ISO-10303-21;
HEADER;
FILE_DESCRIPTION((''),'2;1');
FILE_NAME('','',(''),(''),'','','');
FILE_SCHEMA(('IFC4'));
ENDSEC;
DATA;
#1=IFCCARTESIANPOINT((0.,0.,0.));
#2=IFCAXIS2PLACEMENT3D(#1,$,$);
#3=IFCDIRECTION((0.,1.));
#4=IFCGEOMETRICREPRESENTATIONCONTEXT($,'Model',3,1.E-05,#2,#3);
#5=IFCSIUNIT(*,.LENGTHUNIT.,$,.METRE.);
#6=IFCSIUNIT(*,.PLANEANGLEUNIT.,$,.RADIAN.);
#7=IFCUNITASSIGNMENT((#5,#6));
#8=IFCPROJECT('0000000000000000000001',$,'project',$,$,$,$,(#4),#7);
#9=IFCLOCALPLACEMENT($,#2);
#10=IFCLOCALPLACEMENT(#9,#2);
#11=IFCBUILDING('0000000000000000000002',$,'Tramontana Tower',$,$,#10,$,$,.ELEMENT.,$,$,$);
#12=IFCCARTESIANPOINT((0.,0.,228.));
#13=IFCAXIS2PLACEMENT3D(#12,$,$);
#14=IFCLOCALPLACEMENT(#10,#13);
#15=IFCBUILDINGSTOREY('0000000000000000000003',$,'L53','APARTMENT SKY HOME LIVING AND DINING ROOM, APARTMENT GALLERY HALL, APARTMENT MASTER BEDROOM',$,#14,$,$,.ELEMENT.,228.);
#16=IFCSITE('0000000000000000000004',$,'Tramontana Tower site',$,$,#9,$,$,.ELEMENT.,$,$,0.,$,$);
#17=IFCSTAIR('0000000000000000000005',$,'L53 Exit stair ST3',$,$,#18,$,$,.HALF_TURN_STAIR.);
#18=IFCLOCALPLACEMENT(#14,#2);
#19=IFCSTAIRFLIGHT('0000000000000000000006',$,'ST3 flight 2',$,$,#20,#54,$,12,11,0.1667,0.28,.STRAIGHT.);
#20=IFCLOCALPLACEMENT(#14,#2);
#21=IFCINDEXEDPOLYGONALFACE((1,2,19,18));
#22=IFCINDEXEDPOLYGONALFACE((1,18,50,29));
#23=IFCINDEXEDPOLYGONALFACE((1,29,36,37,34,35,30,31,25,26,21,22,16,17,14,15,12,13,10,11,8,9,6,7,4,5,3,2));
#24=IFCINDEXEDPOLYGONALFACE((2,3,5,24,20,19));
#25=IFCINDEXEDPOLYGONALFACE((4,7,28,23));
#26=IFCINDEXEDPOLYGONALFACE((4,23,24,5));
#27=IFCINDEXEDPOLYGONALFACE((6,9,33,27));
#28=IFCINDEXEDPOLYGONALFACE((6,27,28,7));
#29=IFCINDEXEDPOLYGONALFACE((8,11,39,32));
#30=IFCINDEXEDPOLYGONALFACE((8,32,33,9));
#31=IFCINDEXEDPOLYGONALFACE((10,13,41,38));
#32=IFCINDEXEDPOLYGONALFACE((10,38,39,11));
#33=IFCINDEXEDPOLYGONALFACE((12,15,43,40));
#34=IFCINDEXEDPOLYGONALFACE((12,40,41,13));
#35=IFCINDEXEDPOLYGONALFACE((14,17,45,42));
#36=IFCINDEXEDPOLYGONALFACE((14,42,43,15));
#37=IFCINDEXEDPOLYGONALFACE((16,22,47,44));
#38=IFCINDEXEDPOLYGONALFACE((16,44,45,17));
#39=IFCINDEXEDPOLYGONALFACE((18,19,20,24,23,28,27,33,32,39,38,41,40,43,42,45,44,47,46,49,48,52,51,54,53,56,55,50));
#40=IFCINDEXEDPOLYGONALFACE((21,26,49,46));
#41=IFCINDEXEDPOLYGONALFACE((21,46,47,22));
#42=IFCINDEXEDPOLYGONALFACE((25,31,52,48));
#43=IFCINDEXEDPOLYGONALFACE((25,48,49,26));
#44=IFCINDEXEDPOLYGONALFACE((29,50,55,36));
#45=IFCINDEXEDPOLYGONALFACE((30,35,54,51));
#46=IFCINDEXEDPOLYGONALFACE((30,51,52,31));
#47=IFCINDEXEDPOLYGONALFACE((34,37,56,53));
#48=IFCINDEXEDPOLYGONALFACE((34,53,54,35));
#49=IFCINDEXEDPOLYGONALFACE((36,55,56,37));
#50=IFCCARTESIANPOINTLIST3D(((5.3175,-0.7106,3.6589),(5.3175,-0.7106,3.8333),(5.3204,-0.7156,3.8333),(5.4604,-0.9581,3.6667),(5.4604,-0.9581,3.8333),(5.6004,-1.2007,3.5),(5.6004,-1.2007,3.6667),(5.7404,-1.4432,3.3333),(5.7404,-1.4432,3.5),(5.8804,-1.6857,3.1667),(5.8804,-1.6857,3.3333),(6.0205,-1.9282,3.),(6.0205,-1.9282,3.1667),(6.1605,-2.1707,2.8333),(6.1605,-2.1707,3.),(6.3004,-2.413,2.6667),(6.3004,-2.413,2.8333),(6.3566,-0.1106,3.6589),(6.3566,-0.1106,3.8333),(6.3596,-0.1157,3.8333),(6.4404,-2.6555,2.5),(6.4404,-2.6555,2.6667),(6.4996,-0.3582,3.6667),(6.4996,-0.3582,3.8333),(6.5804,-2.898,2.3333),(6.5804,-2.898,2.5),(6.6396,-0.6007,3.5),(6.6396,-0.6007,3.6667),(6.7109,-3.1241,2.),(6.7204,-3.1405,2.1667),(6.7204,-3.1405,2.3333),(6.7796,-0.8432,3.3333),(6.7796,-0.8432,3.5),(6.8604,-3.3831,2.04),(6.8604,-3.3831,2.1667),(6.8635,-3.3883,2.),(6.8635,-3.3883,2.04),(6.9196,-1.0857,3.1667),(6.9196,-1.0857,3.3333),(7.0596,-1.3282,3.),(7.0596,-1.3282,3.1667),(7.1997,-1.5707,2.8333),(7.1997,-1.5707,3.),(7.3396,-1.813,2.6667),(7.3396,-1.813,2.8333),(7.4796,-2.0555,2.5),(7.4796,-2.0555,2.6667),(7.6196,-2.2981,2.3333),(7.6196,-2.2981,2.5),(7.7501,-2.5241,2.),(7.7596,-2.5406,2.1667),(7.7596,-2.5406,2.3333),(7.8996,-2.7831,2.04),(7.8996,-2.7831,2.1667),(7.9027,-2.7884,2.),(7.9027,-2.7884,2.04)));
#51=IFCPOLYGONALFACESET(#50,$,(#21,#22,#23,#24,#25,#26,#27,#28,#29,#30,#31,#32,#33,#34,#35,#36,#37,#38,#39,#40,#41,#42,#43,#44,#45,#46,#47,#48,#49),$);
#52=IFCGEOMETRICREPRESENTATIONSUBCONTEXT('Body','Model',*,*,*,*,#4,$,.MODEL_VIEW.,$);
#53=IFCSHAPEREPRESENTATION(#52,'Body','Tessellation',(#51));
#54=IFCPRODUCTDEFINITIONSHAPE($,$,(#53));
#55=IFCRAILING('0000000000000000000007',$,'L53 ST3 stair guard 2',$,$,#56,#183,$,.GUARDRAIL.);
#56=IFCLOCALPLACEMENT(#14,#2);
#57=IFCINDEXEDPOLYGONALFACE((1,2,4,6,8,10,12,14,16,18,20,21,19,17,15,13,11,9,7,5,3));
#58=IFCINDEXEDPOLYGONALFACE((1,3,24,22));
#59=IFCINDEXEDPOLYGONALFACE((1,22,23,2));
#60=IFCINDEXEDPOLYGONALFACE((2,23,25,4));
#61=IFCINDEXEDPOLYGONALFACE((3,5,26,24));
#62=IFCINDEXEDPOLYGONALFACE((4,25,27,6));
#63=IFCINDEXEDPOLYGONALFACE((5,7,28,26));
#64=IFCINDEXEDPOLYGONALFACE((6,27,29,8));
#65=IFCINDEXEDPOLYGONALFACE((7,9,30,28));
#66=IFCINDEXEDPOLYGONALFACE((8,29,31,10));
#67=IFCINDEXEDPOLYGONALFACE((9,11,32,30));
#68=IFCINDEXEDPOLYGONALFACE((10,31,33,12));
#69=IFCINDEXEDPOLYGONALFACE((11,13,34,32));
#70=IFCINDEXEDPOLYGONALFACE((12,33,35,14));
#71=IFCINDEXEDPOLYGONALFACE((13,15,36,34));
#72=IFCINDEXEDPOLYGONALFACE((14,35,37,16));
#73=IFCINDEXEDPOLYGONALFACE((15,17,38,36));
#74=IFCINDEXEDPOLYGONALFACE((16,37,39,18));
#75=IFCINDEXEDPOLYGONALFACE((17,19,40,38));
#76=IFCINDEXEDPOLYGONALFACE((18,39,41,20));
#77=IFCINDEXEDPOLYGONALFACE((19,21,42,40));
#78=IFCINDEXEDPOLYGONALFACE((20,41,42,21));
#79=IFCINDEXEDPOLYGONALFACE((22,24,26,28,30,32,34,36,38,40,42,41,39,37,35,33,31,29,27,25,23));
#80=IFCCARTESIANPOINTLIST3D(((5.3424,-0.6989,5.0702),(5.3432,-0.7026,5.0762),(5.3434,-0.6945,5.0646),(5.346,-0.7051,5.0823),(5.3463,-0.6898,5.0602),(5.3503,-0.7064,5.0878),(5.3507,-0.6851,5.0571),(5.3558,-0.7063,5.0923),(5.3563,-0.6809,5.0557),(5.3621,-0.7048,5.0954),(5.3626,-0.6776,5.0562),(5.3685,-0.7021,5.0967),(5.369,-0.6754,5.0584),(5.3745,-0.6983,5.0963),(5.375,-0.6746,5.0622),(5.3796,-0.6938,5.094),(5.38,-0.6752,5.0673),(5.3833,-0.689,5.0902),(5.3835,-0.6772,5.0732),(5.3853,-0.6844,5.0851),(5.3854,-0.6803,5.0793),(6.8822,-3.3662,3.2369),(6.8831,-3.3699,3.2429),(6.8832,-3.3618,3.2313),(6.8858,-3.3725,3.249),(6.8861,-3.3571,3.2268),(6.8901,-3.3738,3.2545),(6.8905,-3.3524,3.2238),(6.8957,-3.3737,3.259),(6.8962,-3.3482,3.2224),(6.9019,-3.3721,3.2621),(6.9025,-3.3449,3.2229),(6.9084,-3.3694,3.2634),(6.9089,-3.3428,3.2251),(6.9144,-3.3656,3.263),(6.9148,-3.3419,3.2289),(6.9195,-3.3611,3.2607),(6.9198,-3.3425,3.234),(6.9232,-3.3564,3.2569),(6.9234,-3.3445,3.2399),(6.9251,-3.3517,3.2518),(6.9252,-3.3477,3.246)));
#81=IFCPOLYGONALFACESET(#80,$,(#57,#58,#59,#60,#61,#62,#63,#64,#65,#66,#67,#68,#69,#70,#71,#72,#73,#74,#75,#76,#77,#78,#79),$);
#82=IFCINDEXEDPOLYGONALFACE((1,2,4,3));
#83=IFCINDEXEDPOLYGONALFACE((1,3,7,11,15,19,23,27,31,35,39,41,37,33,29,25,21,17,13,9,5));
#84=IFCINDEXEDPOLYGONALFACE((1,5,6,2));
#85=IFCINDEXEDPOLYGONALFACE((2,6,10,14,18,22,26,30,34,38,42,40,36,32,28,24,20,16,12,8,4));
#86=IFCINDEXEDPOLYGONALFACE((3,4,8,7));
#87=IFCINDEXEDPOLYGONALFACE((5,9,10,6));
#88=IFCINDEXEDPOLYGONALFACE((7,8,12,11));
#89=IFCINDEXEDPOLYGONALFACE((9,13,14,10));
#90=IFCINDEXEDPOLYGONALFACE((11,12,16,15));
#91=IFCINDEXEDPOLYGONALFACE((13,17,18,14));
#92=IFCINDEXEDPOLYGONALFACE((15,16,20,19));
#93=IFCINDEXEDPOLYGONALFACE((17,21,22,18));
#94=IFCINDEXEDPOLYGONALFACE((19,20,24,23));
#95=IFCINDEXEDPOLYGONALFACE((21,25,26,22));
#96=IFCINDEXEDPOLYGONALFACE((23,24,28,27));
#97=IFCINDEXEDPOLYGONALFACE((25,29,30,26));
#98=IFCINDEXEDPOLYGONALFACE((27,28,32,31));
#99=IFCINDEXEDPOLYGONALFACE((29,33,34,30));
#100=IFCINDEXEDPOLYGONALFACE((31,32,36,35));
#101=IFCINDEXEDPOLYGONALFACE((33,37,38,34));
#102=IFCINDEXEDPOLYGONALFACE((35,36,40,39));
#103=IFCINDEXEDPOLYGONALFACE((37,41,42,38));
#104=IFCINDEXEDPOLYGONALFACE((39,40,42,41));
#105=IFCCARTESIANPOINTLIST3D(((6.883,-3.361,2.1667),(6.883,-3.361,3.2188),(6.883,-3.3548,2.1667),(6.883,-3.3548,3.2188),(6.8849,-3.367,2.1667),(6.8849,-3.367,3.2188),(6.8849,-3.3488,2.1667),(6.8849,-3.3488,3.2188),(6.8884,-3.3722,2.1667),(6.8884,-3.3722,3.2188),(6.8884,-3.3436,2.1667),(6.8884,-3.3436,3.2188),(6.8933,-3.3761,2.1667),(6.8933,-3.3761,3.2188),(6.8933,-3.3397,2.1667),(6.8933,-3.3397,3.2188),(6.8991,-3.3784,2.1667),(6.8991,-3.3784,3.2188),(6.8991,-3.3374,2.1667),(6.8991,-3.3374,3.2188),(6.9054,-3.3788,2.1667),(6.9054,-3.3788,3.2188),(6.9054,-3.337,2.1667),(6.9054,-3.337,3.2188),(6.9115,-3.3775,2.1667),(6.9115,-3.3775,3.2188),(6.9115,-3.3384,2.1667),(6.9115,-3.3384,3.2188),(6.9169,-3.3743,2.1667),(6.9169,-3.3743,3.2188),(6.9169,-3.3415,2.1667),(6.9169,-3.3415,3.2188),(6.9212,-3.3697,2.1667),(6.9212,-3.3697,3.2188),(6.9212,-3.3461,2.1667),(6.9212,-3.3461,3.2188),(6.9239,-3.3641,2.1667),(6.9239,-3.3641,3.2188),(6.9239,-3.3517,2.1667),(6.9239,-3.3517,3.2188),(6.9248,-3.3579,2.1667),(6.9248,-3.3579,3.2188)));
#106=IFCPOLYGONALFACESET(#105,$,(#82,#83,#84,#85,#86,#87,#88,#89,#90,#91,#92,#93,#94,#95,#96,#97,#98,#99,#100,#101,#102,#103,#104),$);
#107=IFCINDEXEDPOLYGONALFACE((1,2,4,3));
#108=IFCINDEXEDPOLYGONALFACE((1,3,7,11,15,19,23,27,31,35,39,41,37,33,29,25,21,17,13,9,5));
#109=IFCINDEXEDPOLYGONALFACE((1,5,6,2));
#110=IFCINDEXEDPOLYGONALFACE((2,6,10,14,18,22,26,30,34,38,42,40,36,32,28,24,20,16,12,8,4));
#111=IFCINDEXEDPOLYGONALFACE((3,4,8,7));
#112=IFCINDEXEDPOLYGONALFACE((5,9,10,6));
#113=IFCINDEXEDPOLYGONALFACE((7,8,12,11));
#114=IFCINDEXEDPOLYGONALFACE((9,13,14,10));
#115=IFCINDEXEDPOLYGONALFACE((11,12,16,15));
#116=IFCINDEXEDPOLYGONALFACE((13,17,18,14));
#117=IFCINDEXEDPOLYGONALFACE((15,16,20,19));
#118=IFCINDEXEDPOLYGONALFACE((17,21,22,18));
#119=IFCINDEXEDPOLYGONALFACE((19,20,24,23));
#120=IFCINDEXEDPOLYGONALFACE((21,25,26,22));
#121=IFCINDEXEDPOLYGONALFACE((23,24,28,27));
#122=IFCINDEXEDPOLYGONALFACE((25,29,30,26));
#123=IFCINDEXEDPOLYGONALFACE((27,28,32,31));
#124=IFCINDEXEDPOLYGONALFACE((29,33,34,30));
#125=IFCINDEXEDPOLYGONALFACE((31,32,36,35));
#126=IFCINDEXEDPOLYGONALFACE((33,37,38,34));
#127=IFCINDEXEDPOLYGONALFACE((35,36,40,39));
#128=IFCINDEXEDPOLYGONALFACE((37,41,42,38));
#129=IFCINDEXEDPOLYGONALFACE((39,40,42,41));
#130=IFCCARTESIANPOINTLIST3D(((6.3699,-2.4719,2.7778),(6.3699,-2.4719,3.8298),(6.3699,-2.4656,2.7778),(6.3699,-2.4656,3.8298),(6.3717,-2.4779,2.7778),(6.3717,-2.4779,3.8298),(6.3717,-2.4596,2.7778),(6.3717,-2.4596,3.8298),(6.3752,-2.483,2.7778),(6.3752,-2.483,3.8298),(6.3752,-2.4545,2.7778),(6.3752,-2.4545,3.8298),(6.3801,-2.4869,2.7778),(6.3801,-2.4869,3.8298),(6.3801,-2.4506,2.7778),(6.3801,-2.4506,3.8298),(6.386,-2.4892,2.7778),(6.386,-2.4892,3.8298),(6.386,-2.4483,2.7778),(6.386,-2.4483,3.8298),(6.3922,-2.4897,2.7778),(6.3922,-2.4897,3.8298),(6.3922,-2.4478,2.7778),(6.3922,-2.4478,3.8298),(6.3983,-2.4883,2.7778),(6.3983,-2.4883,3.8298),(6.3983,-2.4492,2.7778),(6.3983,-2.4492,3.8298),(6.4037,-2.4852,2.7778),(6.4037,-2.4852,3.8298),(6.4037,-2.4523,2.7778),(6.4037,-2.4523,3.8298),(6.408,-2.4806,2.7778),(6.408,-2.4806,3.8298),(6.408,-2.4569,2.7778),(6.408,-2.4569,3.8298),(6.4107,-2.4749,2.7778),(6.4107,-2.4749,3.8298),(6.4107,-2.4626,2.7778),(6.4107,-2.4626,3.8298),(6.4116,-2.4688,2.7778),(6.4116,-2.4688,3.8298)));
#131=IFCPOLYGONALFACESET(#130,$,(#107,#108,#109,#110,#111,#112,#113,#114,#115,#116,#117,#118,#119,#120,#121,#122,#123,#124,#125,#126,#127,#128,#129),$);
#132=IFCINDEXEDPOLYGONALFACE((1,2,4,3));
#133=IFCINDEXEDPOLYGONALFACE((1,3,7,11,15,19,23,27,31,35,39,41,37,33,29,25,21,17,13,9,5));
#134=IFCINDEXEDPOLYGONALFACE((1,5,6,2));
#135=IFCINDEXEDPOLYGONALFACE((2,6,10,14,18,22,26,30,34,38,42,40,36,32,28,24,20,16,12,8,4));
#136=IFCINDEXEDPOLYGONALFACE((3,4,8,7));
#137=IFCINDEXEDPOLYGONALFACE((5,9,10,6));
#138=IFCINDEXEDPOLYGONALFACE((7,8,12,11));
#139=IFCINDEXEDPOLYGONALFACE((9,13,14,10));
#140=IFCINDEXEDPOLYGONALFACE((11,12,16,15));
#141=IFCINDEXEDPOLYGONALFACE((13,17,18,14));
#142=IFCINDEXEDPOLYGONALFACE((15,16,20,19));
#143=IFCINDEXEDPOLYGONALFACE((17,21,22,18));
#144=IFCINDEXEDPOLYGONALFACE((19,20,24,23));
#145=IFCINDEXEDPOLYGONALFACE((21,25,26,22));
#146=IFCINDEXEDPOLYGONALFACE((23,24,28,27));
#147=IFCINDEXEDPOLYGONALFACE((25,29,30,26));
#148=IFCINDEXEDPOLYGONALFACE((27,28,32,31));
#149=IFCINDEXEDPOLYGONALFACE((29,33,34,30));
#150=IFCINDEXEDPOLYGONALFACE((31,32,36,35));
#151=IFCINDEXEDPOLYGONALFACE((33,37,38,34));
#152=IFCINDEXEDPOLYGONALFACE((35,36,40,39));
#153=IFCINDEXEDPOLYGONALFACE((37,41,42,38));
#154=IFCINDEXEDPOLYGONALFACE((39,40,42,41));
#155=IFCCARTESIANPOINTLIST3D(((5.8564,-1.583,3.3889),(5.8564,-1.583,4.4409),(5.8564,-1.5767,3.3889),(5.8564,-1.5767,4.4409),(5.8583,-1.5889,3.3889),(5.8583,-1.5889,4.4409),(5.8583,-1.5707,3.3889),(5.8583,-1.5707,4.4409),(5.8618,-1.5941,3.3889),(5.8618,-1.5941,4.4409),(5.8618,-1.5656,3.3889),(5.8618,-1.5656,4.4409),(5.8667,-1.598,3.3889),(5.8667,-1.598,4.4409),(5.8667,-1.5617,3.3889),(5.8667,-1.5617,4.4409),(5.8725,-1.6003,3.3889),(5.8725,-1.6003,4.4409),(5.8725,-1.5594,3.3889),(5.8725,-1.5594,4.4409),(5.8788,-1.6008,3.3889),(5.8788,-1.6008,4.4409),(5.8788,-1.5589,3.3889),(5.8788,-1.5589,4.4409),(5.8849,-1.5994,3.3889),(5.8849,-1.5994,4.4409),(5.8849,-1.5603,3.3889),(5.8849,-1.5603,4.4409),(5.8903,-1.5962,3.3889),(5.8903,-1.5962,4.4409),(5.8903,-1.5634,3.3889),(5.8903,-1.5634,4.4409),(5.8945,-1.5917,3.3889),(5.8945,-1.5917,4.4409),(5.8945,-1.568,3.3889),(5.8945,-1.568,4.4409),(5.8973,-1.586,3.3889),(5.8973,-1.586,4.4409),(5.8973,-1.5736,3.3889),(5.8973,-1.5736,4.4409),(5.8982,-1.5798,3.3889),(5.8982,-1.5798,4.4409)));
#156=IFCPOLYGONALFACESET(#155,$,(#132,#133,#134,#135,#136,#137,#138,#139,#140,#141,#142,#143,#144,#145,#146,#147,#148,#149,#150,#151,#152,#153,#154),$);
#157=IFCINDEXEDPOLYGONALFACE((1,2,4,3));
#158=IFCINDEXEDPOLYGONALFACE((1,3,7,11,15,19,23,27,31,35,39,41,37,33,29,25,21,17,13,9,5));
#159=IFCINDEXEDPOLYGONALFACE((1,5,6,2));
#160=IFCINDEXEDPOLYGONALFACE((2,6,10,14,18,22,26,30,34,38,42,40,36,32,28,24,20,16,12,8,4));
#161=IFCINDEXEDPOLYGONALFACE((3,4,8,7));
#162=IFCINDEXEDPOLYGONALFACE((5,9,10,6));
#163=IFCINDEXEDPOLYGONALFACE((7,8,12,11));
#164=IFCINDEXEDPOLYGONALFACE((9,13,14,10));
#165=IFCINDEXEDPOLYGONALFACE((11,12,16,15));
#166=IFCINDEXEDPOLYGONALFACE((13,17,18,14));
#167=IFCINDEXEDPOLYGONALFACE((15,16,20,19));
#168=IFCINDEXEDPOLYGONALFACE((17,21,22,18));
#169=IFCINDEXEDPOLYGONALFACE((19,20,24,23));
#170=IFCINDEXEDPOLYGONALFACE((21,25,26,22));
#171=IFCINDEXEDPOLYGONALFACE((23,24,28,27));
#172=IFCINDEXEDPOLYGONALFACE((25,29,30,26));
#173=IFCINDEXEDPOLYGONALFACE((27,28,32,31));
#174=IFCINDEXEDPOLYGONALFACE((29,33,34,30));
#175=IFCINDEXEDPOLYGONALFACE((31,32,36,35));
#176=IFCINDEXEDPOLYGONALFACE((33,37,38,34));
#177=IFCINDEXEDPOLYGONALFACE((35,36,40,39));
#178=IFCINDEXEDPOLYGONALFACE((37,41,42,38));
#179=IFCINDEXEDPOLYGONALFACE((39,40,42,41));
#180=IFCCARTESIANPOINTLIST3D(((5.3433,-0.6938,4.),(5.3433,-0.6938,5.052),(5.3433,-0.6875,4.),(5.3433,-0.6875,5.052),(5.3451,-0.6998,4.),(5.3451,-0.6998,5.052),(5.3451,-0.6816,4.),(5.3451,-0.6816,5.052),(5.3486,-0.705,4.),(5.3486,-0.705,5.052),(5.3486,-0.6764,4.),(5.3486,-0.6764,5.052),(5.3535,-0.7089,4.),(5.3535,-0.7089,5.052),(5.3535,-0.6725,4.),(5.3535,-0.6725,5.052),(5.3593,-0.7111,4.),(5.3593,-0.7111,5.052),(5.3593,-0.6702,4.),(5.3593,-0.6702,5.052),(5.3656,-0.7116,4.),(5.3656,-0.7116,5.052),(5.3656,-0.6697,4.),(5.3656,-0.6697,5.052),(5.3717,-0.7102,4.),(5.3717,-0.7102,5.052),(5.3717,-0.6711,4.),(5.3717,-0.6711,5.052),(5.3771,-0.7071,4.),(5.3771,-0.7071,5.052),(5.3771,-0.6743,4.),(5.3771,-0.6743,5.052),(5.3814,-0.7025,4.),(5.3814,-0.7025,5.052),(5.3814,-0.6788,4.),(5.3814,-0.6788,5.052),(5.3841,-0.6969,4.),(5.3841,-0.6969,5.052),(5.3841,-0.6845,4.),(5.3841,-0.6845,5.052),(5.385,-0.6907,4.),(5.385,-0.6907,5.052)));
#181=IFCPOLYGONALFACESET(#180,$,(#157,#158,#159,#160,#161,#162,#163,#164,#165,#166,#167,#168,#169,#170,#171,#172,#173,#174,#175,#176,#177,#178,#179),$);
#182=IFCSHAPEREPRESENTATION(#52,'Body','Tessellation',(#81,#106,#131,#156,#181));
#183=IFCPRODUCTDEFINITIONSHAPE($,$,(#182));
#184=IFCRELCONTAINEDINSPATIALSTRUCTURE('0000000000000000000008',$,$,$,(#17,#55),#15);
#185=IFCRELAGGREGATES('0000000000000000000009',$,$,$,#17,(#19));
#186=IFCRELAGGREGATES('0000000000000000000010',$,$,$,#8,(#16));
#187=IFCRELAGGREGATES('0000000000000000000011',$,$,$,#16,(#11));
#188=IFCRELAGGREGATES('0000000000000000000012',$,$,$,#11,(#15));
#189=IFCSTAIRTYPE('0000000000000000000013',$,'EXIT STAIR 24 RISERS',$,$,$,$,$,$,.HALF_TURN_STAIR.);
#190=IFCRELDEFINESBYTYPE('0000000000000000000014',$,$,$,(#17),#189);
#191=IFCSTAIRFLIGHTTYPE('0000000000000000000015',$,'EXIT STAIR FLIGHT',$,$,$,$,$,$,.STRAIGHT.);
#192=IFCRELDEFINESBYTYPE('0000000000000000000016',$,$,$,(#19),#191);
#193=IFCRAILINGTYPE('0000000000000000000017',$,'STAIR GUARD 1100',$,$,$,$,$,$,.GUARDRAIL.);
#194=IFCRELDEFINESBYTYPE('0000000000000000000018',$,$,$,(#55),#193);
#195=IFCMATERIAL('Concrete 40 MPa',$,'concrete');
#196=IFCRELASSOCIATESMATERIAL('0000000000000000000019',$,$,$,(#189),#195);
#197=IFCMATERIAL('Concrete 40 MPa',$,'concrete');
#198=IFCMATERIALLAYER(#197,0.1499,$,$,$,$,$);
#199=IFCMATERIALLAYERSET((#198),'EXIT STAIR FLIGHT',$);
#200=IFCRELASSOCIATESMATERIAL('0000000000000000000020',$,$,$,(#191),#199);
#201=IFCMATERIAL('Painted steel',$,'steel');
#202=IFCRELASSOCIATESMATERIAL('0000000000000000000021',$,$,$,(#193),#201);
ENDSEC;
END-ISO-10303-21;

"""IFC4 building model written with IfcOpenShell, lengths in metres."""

from ifc_helpers import new_model, si_unit, direction, frame, origin, origin_2d, place, context, subcontext, project, spatial, polyline, circle, outline, extrude, material, layer, layer_set, type_object, element, aggregate, save


model = new_model("IFC4")

# Units and contexts
model_context = context("Model", 3, precision=1e-05, world=origin(), true_north=direction((0.0, 1.0)))
body_context = subcontext(model_context, "Body", "Model", "MODEL_VIEW")
ifc_project = project(units=[si_unit("LENGTHUNIT", "METRE"), si_unit("PLANEANGLEUNIT", "RADIAN")], contexts=[model_context])

# Site, building, storey
site_placement = place(None, origin())
site = spatial("IfcSite", under=ifc_project, at=site_placement, Name="Tramontana Tower site", CompositionType="ELEMENT", RefElevation=0.0)
building_placement = place(site_placement, origin())
building = spatial("IfcBuilding", under=site, at=building_placement, Name="Tramontana Tower", CompositionType="ELEMENT")
storey_placement = place(building_placement, frame((0.0, 0.0, 228.0)))
storey = spatial("IfcBuildingStorey", under=building, at=storey_placement, Name="L53", Description="APARTMENT SKY HOME LIVING AND DINING ROOM, APARTMENT GALLERY HALL, APARTMENT MASTER BEDROOM", CompositionType="ELEMENT", Elevation=228.0)

# Stair, stair flight
ifc_material_1 = material(Name="Concrete 40 MPa", Category="concrete")
stair_type = type_object("IfcStairType", Name="EXIT STAIR 24 RISERS", PredefinedType="HALF_TURN_STAIR", material=ifc_material_1)
stair_placement = place(storey_placement, origin())
stair = element("IfcStair", 1, at=stair_placement, inside=storey, type_object=stair_type, Name="L53 Exit stair ST3", PredefinedType="HALF_TURN_STAIR")
ifc_material_2 = material(Name="Concrete 40 MPa", Category="concrete")
ifc_layer_1 = layer(ifc_material_2, 0.1499)
ifc_layer_set_1 = layer_set([ifc_layer_1], Name="EXIT STAIR FLIGHT")
stair_flight_type = type_object("IfcStairFlightType", Name="EXIT STAIR FLIGHT", PredefinedType="STRAIGHT", material=ifc_layer_set_1)
stair_flight_placement = place(storey_placement, frame((7.3801, -3.083, 2.0), z_axis=(0.0, 0.0, 1.0), x_axis=(-0.5, 0.866025, 0.0)))
stair_flight = element("IfcStairFlight", 2, at=stair_flight_placement, type_object=stair_flight_type, Name="ST3 flight 2", NumberOfRisers=12, NumberOfTreads=11, PredefinedType="STRAIGHT", RiserHeight=0.1667, TreadLength=0.28, context=body_context, shape_type="SweptSolid", body=[
    extrude(outline(polyline([(-0.0061, 0.0), (-0.0061, 0.04), (0.0, 0.04), (0.0, 0.1667), (0.28, 0.1667), (0.28, 0.3333), (0.5601, 0.3333), (0.5601, 0.5), (0.8401, 0.5), (0.8401, 0.6667), (1.1201, 0.6667), (1.1201, 0.8333), (1.3999, 0.8333), (1.3999, 1.0), (1.6799, 1.0), (1.6799, 1.1667), (1.96, 1.1667), (1.96, 1.3333), (2.24, 1.3333), (2.24, 1.5), (2.52, 1.5), (2.52, 1.6667), (2.8, 1.6667), (2.8, 1.8333), (3.0801, 1.8333), (3.0859, 1.8333), (3.0859, 1.6589), (0.2991, 0.0), (-0.0061, 0.0)])), frame((0.0, 0.6001, 0.0), z_axis=(0.0, -1.0, 0.0), x_axis=(1.0, 0.0, 0.0)), (0.0, 0.0, 1.0), 1.2),
])
aggregate(stair, [stair_flight])

# Railing
ifc_material_3 = material(Name="Painted steel", Category="steel")
railing_type_1 = type_object("IfcRailingType", Name="STAIR GUARD 1100", PredefinedType="GUARDRAIL", material=ifc_material_3)
railing_1_placement = place(storey_placement, frame((6.9038, -3.3579, 2.1667)))
element("IfcRailing", 3, at=railing_1_placement, inside=storey, type_object=railing_type_1, Name="L53 ST3 stair guard 2", PredefinedType="GUARDRAIL", context=body_context, shape_type="SweptSolid", body=[
    extrude(circle(Radius=0.0239, at=origin_2d()), frame((0.0, 0.0, 1.0762), z_axis=(-0.429616, 0.744181, 0.511493), x_axis=(-0.866044, -0.499967, 0.0)), (0.0, 0.0, 1.0), 3.5842),
    extrude(circle(Radius=0.021, at=origin_2d()), origin(), (0.0, 0.0, 1.0), 1.052),
    extrude(circle(Radius=0.021, at=origin_2d()), frame((-0.5132, 0.8892, 0.6111)), (0.0, 0.0, 1.0), 1.052),
    extrude(circle(Radius=0.021, at=origin_2d()), frame((-1.0266, 1.7781, 1.2222)), (0.0, 0.0, 1.0), 1.052),
    extrude(circle(Radius=0.021, at=origin_2d()), frame((-1.5398, 2.6672, 1.8333)), (0.0, 0.0, 1.0), 1.052),
])

save(model, "model.ifc")
